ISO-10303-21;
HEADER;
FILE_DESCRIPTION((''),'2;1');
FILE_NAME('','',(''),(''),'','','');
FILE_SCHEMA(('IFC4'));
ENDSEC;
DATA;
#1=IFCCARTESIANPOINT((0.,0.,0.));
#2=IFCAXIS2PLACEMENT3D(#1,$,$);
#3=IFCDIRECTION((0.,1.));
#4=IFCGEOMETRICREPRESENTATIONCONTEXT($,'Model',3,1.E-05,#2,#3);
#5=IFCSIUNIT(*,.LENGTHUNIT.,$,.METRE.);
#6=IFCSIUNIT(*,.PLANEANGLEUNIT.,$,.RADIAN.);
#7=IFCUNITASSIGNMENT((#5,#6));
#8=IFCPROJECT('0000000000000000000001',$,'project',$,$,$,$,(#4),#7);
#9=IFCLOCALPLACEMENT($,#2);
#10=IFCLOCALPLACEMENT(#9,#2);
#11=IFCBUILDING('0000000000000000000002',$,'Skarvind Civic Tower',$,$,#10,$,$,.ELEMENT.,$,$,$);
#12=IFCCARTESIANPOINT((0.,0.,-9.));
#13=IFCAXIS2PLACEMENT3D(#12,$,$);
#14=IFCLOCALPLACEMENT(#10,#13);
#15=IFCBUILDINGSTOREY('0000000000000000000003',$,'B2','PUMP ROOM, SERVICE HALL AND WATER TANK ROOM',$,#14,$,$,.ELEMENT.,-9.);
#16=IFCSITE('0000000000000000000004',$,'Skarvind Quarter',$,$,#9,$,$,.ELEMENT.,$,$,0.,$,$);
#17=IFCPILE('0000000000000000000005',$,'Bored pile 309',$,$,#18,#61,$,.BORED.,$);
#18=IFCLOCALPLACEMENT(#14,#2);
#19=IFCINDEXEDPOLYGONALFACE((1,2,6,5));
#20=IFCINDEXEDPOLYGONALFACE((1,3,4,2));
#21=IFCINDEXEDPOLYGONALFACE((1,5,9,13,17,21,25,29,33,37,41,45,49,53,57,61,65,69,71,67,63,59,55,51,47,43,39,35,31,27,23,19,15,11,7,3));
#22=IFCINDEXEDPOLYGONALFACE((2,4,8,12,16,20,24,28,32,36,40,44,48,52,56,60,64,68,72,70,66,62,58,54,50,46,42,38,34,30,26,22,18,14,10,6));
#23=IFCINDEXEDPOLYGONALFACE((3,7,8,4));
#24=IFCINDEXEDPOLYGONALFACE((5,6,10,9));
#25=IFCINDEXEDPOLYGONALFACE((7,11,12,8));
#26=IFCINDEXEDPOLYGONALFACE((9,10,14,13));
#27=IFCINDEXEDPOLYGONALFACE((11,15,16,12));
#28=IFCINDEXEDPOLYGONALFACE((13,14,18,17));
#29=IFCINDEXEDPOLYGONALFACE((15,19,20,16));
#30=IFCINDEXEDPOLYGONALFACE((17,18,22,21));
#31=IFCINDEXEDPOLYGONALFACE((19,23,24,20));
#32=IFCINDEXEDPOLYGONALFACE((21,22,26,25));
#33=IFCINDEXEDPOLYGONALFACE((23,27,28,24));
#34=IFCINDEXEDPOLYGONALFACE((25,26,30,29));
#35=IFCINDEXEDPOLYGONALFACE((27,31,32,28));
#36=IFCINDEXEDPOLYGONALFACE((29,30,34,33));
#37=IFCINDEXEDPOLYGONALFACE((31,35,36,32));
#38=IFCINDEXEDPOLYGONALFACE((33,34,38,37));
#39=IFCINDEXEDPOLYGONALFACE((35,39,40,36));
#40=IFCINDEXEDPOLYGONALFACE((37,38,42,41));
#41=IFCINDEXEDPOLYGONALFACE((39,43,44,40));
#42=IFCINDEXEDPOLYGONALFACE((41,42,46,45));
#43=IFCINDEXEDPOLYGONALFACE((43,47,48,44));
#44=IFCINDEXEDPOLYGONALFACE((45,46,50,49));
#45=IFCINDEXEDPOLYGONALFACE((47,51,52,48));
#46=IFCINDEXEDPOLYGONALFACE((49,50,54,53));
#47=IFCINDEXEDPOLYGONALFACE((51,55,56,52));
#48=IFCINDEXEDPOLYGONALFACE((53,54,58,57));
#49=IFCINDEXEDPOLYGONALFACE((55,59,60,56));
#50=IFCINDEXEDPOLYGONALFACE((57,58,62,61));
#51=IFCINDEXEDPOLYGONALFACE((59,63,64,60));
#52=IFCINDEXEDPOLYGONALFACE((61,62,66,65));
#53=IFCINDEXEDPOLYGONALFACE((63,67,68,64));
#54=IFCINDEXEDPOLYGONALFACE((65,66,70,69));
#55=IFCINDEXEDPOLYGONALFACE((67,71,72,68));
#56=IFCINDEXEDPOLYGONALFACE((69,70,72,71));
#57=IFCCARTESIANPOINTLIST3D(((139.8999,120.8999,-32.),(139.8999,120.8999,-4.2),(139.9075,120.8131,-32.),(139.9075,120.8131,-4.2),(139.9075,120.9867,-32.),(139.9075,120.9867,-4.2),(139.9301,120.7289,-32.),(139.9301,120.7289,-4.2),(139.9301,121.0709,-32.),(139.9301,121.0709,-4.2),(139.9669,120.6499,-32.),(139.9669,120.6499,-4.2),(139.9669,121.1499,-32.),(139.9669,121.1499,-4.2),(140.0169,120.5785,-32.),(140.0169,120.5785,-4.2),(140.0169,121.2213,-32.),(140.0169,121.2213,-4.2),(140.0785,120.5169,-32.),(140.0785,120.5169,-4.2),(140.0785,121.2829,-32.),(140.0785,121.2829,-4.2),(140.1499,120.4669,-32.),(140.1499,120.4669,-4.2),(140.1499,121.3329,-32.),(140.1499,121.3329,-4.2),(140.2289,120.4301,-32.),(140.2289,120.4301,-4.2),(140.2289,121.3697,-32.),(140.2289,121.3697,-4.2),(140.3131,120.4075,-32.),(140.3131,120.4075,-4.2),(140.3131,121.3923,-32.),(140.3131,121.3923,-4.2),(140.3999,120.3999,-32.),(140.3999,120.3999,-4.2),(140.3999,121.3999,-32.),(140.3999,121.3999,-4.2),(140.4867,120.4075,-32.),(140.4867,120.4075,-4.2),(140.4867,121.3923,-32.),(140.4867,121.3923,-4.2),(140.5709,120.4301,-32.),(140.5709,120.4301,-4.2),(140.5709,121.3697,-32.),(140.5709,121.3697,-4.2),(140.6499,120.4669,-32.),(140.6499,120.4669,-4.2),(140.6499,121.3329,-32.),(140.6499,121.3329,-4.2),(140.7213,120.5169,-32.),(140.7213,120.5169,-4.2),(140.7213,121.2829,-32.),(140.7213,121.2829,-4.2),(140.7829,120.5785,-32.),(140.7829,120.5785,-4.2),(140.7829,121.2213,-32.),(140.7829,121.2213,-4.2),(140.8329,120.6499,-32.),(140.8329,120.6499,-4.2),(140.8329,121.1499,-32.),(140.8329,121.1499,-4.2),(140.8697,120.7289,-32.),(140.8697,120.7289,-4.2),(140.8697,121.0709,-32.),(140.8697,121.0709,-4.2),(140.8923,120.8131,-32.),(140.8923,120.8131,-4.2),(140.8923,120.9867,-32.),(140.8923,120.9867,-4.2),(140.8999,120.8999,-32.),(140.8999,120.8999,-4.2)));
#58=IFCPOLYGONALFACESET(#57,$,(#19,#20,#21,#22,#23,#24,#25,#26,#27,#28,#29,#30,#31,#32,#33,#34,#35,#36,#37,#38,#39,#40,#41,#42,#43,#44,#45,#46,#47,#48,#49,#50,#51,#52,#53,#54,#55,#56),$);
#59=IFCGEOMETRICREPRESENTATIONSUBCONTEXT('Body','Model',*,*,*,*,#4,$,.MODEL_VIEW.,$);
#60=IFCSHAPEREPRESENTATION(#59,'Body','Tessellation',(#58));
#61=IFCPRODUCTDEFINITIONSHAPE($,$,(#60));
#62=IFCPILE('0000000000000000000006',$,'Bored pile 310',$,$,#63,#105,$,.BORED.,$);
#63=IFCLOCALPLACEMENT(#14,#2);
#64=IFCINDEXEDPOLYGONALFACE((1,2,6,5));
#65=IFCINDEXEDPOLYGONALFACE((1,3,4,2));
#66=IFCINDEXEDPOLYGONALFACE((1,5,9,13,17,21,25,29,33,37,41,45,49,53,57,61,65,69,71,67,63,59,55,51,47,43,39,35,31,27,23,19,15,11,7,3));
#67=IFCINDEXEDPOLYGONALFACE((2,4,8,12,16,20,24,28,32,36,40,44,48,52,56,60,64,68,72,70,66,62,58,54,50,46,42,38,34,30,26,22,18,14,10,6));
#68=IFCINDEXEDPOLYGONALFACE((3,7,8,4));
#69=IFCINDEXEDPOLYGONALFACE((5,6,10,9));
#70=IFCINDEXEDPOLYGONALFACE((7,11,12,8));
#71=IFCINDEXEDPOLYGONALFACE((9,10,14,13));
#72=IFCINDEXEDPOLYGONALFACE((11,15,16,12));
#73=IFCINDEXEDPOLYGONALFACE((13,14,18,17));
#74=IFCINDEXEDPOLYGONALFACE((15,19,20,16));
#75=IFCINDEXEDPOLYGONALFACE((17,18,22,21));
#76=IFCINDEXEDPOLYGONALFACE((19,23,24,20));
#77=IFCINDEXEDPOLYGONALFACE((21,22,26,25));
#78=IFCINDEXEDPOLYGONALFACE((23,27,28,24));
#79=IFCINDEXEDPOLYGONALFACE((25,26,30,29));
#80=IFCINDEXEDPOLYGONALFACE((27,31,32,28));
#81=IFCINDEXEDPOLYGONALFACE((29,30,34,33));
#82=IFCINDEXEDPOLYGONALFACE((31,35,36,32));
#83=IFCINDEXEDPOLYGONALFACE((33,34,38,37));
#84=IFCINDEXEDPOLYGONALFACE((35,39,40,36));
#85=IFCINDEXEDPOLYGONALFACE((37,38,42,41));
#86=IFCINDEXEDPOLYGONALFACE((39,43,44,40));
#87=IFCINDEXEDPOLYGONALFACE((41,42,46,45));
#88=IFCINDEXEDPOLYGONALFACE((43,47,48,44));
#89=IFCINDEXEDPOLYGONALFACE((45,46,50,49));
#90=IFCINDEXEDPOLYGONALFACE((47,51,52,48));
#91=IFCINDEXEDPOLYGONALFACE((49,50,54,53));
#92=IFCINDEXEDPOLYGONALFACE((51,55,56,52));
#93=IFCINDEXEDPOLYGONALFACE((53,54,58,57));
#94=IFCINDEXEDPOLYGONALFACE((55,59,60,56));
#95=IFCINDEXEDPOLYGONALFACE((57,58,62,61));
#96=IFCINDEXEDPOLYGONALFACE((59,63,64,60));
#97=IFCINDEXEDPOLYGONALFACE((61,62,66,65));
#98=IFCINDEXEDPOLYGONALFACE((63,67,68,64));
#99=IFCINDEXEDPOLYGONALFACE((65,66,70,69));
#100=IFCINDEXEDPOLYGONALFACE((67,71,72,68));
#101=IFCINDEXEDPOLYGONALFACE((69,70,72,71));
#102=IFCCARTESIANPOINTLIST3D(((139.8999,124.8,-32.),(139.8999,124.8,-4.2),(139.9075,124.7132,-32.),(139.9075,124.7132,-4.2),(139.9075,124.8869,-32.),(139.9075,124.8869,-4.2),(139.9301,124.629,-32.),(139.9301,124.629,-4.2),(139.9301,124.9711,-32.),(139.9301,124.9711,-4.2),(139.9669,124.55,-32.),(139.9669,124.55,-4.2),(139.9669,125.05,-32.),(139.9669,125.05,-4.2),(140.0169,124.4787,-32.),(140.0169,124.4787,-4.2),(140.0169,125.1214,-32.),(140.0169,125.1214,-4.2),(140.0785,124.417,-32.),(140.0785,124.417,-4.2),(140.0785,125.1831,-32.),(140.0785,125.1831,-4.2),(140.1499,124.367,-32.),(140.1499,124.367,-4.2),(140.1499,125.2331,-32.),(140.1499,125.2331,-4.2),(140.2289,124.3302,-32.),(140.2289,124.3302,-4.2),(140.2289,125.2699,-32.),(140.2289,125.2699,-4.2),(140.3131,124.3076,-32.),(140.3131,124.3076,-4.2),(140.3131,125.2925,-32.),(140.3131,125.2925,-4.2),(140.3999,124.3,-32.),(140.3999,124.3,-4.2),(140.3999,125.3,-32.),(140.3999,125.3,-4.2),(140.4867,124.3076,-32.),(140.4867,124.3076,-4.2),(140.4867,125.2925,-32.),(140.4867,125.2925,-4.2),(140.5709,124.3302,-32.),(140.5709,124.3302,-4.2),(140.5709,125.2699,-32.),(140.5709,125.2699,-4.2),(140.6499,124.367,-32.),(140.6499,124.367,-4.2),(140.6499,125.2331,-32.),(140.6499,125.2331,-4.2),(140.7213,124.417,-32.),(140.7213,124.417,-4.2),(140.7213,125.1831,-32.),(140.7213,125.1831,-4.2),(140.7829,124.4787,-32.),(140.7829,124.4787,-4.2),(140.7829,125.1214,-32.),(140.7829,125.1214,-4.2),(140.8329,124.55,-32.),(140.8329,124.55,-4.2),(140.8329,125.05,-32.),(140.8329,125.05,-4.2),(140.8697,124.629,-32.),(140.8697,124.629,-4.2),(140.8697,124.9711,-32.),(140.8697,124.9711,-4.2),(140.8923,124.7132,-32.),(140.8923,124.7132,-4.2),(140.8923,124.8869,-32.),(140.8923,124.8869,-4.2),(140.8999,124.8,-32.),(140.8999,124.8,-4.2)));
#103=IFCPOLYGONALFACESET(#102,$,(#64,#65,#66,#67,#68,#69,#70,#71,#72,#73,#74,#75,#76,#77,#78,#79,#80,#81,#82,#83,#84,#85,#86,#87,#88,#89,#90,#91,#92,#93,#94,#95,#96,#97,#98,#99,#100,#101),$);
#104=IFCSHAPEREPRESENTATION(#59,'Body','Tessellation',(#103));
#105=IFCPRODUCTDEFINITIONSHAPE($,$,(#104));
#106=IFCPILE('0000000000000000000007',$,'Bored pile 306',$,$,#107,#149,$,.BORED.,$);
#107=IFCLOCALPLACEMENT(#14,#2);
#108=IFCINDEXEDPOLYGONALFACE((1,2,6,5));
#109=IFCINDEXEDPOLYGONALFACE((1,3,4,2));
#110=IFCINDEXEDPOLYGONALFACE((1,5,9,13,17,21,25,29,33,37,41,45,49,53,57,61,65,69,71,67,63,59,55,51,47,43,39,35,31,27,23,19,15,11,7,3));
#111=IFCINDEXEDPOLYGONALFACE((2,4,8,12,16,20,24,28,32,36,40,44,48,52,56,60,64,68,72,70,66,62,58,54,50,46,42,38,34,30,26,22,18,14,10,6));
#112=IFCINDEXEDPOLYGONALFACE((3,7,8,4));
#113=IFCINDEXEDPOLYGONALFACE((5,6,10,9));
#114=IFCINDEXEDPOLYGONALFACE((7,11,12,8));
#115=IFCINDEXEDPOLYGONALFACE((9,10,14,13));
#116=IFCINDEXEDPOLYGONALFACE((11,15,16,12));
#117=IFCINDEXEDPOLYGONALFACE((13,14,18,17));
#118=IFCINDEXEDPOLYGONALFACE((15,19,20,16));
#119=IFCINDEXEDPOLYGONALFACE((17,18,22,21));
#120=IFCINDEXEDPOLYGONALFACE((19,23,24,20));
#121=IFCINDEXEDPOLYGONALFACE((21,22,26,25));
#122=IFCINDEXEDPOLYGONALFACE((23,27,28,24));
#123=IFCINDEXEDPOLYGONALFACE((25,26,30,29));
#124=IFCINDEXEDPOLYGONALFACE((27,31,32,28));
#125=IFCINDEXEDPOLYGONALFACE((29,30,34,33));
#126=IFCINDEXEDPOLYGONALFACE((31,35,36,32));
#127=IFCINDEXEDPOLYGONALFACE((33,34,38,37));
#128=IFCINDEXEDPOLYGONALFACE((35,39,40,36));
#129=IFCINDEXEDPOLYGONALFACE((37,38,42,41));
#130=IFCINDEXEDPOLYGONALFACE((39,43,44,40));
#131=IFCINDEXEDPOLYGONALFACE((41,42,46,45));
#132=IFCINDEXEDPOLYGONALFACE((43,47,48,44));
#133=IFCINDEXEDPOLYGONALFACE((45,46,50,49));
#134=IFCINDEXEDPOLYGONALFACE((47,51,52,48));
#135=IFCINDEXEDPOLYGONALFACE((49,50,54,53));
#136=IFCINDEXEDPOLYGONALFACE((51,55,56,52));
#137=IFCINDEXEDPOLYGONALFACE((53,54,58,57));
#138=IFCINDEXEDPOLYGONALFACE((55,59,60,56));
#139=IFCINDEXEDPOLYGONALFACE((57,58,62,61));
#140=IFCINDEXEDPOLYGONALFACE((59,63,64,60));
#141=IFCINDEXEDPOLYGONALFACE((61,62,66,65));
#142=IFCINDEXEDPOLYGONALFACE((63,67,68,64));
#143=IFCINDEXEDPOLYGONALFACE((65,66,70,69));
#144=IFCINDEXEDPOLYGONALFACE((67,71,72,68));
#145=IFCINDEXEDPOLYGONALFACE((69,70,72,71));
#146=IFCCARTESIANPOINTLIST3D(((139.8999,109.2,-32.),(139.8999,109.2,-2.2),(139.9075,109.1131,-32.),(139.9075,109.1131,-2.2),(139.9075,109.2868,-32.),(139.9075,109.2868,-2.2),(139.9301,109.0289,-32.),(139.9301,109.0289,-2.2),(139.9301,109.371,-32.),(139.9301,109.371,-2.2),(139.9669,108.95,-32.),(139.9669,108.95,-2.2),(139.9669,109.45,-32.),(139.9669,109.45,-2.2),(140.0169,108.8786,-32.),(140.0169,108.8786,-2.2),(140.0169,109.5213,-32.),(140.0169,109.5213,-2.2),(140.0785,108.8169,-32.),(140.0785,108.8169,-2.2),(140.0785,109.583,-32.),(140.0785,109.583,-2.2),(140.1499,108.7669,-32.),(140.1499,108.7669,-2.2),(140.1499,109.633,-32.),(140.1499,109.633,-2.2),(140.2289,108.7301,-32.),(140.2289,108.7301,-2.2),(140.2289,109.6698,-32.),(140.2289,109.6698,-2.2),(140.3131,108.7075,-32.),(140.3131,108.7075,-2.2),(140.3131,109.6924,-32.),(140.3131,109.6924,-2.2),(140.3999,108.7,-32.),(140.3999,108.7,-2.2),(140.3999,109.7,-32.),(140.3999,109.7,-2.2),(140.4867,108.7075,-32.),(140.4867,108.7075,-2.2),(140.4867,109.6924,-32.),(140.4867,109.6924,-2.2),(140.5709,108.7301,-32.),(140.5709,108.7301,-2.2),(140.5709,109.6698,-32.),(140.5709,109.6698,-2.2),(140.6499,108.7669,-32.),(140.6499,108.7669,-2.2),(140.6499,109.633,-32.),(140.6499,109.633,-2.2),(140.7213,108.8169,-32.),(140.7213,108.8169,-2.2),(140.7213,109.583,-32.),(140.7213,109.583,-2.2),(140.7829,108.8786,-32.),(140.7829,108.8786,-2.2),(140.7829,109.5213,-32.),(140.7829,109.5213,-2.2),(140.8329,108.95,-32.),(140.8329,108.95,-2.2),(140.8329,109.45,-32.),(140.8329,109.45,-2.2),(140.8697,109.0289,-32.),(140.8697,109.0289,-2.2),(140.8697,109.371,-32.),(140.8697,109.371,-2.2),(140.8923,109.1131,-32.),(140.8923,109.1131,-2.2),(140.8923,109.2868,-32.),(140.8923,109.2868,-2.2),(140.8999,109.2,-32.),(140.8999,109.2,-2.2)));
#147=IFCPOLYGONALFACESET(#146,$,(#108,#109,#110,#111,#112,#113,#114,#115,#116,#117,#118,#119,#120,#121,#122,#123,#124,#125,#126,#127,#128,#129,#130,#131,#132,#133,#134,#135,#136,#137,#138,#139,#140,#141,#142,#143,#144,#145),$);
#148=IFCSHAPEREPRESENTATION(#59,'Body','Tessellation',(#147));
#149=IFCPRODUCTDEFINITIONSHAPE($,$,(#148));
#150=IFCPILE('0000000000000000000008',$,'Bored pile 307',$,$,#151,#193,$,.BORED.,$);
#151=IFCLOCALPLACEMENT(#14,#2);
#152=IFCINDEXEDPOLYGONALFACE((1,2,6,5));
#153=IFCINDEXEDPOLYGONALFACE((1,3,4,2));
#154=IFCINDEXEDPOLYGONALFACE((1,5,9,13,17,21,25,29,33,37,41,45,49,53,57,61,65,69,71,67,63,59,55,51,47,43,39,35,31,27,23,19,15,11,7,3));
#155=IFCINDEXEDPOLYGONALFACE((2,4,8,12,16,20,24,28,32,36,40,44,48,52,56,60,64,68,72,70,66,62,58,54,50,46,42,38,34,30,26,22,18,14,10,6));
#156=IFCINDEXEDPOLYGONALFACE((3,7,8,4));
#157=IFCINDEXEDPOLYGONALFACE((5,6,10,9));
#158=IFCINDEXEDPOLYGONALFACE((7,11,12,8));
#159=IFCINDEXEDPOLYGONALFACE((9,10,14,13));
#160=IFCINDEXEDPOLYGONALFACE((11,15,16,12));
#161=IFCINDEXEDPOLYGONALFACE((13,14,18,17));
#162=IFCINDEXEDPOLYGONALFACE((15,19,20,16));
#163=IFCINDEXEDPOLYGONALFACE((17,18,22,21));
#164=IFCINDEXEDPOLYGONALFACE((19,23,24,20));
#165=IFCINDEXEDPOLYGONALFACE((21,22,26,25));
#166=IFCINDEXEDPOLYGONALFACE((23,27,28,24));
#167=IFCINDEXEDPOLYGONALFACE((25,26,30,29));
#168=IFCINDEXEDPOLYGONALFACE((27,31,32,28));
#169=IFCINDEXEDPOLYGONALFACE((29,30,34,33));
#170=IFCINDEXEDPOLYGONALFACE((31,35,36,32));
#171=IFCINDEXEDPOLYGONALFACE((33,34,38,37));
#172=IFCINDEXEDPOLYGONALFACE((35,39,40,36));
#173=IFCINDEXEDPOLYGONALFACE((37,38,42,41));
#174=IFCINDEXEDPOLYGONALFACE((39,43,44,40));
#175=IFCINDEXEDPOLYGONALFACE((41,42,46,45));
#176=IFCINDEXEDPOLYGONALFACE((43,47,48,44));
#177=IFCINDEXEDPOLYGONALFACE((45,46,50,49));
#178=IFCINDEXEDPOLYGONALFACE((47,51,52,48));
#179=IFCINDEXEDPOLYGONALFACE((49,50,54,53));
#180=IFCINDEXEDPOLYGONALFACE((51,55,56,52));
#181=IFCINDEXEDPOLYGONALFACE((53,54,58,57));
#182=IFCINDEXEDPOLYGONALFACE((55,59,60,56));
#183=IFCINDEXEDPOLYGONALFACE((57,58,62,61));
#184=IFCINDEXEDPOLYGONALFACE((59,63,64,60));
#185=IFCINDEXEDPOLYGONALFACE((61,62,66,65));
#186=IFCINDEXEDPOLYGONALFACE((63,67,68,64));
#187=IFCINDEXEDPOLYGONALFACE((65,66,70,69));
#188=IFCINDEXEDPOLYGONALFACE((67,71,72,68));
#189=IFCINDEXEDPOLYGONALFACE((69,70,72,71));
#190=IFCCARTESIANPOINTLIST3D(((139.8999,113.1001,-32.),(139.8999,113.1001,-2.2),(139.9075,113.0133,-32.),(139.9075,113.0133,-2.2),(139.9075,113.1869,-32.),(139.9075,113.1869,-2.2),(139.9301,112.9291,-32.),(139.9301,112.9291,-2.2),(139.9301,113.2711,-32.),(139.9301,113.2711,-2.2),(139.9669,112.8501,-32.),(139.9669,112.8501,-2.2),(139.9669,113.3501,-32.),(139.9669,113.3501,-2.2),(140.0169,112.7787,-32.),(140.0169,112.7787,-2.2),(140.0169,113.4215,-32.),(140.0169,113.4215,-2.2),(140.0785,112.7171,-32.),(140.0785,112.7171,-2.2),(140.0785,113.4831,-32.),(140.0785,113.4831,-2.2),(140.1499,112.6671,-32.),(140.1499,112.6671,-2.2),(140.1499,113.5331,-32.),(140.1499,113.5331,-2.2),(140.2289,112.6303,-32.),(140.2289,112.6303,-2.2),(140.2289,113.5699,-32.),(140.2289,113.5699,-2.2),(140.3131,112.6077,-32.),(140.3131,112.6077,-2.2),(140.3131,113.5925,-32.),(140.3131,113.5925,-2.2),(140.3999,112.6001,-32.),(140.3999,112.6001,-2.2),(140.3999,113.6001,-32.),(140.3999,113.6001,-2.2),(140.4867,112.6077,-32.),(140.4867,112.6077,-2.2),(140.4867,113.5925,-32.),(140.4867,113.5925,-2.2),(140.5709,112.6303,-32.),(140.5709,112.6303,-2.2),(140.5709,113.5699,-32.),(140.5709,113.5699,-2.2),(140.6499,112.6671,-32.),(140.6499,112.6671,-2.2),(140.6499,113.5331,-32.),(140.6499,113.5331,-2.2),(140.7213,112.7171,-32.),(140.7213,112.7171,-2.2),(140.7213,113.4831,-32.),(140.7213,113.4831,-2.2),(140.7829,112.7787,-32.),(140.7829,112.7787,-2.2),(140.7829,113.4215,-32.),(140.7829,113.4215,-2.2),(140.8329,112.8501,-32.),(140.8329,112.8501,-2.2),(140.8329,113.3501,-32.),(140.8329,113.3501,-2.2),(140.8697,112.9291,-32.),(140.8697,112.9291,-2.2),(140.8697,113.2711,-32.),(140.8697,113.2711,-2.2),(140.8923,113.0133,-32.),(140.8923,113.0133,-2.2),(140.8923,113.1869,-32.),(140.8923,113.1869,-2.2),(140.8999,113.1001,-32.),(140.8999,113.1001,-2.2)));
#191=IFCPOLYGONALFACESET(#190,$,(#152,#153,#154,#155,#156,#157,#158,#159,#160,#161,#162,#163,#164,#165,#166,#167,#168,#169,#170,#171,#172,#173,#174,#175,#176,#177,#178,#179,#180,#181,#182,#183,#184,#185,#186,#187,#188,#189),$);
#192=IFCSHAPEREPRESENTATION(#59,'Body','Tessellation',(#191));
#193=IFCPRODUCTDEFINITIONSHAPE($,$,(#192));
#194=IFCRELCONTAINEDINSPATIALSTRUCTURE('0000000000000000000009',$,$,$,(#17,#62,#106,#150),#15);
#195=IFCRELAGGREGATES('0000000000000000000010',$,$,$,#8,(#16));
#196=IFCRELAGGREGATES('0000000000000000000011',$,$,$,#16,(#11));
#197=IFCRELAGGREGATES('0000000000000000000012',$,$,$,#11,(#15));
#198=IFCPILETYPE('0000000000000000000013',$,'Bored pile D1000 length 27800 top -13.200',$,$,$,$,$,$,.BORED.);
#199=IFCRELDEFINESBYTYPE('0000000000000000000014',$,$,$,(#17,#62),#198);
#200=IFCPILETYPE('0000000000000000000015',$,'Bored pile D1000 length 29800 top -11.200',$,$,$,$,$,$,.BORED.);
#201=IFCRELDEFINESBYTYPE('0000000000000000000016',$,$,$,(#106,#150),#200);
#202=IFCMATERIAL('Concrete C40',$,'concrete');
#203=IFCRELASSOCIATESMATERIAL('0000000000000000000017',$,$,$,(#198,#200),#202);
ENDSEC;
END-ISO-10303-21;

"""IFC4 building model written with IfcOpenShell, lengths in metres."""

from ifc_helpers import new_model, si_unit, direction, frame, origin, origin_2d, place, context, subcontext, project, spatial, circle, extrude, material, type_object, element, save


model = new_model("IFC4")

# Units and contexts
model_context = context("Model", 3, precision=1e-05, world=origin(), true_north=direction((0.0, 1.0)))
body_context = subcontext(model_context, "Body", "Model", "MODEL_VIEW")
ifc_project = project(units=[si_unit("LENGTHUNIT", "METRE"), si_unit("PLANEANGLEUNIT", "RADIAN")], contexts=[model_context])

# Site, building, storey
site_placement = place(None, origin())
site = spatial("IfcSite", under=ifc_project, at=site_placement, Name="Skarvind Quarter", CompositionType="ELEMENT", RefElevation=0.0)
building_placement = place(site_placement, origin())
building = spatial("IfcBuilding", under=site, at=building_placement, Name="Skarvind Civic Tower", CompositionType="ELEMENT")
storey_placement = place(building_placement, frame((0.0, 0.0, -9.0)))
storey = spatial("IfcBuildingStorey", under=building, at=storey_placement, Name="B2", Description="PUMP ROOM, SERVICE HALL AND WATER TANK ROOM", CompositionType="ELEMENT", Elevation=-9.0)

# Piles
ifc_material_1 = material(Name="Concrete C40", Category="concrete")
pile_type_1 = type_object("IfcPileType", Name="Bored pile D1000 length 27800 top -13.200", PredefinedType="BORED", material=ifc_material_1)
for number, where, z_axis, x_axis, name in (
    (1, (140.3999, 120.8999, -4.2), (0.0, 0.0, -1.0), (1.0, 0.0, 0.0), "Bored pile 309"),
    (2, (140.3999, 124.8, -4.2), (0.0, 0.0, -1.0), (1.0, 0.0, 0.0), "Bored pile 310"),
):
    element("IfcPile", number, at=place(storey_placement, frame(where, z_axis=z_axis, x_axis=x_axis)), inside=storey, type_object=pile_type_1, Name=name, PredefinedType="BORED", context=body_context, shape_type="SweptSolid", body=[
        extrude(circle(Radius=0.5, at=origin_2d()), origin(), (0.0, 0.0, 1.0), 27.8),
    ])
pile_type_2 = type_object("IfcPileType", Name="Bored pile D1000 length 29800 top -11.200", PredefinedType="BORED", material=ifc_material_1)
for number, where, z_axis, x_axis, name in (
    (3, (140.3999, 109.2, -2.2), (0.0, 0.0, -1.0), (1.0, 0.0, 0.0), "Bored pile 306"),
    (4, (140.3999, 113.1001, -2.2), (0.0, 0.0, -1.0), (1.0, 0.0, 0.0), "Bored pile 307"),
):
    element("IfcPile", number, at=place(storey_placement, frame(where, z_axis=z_axis, x_axis=x_axis)), inside=storey, type_object=pile_type_2, Name=name, PredefinedType="BORED", context=body_context, shape_type="SweptSolid", body=[
        extrude(circle(Radius=0.5, at=origin_2d()), origin(), (0.0, 0.0, 1.0), 29.8),
    ])

save(model, "model.ifc")
